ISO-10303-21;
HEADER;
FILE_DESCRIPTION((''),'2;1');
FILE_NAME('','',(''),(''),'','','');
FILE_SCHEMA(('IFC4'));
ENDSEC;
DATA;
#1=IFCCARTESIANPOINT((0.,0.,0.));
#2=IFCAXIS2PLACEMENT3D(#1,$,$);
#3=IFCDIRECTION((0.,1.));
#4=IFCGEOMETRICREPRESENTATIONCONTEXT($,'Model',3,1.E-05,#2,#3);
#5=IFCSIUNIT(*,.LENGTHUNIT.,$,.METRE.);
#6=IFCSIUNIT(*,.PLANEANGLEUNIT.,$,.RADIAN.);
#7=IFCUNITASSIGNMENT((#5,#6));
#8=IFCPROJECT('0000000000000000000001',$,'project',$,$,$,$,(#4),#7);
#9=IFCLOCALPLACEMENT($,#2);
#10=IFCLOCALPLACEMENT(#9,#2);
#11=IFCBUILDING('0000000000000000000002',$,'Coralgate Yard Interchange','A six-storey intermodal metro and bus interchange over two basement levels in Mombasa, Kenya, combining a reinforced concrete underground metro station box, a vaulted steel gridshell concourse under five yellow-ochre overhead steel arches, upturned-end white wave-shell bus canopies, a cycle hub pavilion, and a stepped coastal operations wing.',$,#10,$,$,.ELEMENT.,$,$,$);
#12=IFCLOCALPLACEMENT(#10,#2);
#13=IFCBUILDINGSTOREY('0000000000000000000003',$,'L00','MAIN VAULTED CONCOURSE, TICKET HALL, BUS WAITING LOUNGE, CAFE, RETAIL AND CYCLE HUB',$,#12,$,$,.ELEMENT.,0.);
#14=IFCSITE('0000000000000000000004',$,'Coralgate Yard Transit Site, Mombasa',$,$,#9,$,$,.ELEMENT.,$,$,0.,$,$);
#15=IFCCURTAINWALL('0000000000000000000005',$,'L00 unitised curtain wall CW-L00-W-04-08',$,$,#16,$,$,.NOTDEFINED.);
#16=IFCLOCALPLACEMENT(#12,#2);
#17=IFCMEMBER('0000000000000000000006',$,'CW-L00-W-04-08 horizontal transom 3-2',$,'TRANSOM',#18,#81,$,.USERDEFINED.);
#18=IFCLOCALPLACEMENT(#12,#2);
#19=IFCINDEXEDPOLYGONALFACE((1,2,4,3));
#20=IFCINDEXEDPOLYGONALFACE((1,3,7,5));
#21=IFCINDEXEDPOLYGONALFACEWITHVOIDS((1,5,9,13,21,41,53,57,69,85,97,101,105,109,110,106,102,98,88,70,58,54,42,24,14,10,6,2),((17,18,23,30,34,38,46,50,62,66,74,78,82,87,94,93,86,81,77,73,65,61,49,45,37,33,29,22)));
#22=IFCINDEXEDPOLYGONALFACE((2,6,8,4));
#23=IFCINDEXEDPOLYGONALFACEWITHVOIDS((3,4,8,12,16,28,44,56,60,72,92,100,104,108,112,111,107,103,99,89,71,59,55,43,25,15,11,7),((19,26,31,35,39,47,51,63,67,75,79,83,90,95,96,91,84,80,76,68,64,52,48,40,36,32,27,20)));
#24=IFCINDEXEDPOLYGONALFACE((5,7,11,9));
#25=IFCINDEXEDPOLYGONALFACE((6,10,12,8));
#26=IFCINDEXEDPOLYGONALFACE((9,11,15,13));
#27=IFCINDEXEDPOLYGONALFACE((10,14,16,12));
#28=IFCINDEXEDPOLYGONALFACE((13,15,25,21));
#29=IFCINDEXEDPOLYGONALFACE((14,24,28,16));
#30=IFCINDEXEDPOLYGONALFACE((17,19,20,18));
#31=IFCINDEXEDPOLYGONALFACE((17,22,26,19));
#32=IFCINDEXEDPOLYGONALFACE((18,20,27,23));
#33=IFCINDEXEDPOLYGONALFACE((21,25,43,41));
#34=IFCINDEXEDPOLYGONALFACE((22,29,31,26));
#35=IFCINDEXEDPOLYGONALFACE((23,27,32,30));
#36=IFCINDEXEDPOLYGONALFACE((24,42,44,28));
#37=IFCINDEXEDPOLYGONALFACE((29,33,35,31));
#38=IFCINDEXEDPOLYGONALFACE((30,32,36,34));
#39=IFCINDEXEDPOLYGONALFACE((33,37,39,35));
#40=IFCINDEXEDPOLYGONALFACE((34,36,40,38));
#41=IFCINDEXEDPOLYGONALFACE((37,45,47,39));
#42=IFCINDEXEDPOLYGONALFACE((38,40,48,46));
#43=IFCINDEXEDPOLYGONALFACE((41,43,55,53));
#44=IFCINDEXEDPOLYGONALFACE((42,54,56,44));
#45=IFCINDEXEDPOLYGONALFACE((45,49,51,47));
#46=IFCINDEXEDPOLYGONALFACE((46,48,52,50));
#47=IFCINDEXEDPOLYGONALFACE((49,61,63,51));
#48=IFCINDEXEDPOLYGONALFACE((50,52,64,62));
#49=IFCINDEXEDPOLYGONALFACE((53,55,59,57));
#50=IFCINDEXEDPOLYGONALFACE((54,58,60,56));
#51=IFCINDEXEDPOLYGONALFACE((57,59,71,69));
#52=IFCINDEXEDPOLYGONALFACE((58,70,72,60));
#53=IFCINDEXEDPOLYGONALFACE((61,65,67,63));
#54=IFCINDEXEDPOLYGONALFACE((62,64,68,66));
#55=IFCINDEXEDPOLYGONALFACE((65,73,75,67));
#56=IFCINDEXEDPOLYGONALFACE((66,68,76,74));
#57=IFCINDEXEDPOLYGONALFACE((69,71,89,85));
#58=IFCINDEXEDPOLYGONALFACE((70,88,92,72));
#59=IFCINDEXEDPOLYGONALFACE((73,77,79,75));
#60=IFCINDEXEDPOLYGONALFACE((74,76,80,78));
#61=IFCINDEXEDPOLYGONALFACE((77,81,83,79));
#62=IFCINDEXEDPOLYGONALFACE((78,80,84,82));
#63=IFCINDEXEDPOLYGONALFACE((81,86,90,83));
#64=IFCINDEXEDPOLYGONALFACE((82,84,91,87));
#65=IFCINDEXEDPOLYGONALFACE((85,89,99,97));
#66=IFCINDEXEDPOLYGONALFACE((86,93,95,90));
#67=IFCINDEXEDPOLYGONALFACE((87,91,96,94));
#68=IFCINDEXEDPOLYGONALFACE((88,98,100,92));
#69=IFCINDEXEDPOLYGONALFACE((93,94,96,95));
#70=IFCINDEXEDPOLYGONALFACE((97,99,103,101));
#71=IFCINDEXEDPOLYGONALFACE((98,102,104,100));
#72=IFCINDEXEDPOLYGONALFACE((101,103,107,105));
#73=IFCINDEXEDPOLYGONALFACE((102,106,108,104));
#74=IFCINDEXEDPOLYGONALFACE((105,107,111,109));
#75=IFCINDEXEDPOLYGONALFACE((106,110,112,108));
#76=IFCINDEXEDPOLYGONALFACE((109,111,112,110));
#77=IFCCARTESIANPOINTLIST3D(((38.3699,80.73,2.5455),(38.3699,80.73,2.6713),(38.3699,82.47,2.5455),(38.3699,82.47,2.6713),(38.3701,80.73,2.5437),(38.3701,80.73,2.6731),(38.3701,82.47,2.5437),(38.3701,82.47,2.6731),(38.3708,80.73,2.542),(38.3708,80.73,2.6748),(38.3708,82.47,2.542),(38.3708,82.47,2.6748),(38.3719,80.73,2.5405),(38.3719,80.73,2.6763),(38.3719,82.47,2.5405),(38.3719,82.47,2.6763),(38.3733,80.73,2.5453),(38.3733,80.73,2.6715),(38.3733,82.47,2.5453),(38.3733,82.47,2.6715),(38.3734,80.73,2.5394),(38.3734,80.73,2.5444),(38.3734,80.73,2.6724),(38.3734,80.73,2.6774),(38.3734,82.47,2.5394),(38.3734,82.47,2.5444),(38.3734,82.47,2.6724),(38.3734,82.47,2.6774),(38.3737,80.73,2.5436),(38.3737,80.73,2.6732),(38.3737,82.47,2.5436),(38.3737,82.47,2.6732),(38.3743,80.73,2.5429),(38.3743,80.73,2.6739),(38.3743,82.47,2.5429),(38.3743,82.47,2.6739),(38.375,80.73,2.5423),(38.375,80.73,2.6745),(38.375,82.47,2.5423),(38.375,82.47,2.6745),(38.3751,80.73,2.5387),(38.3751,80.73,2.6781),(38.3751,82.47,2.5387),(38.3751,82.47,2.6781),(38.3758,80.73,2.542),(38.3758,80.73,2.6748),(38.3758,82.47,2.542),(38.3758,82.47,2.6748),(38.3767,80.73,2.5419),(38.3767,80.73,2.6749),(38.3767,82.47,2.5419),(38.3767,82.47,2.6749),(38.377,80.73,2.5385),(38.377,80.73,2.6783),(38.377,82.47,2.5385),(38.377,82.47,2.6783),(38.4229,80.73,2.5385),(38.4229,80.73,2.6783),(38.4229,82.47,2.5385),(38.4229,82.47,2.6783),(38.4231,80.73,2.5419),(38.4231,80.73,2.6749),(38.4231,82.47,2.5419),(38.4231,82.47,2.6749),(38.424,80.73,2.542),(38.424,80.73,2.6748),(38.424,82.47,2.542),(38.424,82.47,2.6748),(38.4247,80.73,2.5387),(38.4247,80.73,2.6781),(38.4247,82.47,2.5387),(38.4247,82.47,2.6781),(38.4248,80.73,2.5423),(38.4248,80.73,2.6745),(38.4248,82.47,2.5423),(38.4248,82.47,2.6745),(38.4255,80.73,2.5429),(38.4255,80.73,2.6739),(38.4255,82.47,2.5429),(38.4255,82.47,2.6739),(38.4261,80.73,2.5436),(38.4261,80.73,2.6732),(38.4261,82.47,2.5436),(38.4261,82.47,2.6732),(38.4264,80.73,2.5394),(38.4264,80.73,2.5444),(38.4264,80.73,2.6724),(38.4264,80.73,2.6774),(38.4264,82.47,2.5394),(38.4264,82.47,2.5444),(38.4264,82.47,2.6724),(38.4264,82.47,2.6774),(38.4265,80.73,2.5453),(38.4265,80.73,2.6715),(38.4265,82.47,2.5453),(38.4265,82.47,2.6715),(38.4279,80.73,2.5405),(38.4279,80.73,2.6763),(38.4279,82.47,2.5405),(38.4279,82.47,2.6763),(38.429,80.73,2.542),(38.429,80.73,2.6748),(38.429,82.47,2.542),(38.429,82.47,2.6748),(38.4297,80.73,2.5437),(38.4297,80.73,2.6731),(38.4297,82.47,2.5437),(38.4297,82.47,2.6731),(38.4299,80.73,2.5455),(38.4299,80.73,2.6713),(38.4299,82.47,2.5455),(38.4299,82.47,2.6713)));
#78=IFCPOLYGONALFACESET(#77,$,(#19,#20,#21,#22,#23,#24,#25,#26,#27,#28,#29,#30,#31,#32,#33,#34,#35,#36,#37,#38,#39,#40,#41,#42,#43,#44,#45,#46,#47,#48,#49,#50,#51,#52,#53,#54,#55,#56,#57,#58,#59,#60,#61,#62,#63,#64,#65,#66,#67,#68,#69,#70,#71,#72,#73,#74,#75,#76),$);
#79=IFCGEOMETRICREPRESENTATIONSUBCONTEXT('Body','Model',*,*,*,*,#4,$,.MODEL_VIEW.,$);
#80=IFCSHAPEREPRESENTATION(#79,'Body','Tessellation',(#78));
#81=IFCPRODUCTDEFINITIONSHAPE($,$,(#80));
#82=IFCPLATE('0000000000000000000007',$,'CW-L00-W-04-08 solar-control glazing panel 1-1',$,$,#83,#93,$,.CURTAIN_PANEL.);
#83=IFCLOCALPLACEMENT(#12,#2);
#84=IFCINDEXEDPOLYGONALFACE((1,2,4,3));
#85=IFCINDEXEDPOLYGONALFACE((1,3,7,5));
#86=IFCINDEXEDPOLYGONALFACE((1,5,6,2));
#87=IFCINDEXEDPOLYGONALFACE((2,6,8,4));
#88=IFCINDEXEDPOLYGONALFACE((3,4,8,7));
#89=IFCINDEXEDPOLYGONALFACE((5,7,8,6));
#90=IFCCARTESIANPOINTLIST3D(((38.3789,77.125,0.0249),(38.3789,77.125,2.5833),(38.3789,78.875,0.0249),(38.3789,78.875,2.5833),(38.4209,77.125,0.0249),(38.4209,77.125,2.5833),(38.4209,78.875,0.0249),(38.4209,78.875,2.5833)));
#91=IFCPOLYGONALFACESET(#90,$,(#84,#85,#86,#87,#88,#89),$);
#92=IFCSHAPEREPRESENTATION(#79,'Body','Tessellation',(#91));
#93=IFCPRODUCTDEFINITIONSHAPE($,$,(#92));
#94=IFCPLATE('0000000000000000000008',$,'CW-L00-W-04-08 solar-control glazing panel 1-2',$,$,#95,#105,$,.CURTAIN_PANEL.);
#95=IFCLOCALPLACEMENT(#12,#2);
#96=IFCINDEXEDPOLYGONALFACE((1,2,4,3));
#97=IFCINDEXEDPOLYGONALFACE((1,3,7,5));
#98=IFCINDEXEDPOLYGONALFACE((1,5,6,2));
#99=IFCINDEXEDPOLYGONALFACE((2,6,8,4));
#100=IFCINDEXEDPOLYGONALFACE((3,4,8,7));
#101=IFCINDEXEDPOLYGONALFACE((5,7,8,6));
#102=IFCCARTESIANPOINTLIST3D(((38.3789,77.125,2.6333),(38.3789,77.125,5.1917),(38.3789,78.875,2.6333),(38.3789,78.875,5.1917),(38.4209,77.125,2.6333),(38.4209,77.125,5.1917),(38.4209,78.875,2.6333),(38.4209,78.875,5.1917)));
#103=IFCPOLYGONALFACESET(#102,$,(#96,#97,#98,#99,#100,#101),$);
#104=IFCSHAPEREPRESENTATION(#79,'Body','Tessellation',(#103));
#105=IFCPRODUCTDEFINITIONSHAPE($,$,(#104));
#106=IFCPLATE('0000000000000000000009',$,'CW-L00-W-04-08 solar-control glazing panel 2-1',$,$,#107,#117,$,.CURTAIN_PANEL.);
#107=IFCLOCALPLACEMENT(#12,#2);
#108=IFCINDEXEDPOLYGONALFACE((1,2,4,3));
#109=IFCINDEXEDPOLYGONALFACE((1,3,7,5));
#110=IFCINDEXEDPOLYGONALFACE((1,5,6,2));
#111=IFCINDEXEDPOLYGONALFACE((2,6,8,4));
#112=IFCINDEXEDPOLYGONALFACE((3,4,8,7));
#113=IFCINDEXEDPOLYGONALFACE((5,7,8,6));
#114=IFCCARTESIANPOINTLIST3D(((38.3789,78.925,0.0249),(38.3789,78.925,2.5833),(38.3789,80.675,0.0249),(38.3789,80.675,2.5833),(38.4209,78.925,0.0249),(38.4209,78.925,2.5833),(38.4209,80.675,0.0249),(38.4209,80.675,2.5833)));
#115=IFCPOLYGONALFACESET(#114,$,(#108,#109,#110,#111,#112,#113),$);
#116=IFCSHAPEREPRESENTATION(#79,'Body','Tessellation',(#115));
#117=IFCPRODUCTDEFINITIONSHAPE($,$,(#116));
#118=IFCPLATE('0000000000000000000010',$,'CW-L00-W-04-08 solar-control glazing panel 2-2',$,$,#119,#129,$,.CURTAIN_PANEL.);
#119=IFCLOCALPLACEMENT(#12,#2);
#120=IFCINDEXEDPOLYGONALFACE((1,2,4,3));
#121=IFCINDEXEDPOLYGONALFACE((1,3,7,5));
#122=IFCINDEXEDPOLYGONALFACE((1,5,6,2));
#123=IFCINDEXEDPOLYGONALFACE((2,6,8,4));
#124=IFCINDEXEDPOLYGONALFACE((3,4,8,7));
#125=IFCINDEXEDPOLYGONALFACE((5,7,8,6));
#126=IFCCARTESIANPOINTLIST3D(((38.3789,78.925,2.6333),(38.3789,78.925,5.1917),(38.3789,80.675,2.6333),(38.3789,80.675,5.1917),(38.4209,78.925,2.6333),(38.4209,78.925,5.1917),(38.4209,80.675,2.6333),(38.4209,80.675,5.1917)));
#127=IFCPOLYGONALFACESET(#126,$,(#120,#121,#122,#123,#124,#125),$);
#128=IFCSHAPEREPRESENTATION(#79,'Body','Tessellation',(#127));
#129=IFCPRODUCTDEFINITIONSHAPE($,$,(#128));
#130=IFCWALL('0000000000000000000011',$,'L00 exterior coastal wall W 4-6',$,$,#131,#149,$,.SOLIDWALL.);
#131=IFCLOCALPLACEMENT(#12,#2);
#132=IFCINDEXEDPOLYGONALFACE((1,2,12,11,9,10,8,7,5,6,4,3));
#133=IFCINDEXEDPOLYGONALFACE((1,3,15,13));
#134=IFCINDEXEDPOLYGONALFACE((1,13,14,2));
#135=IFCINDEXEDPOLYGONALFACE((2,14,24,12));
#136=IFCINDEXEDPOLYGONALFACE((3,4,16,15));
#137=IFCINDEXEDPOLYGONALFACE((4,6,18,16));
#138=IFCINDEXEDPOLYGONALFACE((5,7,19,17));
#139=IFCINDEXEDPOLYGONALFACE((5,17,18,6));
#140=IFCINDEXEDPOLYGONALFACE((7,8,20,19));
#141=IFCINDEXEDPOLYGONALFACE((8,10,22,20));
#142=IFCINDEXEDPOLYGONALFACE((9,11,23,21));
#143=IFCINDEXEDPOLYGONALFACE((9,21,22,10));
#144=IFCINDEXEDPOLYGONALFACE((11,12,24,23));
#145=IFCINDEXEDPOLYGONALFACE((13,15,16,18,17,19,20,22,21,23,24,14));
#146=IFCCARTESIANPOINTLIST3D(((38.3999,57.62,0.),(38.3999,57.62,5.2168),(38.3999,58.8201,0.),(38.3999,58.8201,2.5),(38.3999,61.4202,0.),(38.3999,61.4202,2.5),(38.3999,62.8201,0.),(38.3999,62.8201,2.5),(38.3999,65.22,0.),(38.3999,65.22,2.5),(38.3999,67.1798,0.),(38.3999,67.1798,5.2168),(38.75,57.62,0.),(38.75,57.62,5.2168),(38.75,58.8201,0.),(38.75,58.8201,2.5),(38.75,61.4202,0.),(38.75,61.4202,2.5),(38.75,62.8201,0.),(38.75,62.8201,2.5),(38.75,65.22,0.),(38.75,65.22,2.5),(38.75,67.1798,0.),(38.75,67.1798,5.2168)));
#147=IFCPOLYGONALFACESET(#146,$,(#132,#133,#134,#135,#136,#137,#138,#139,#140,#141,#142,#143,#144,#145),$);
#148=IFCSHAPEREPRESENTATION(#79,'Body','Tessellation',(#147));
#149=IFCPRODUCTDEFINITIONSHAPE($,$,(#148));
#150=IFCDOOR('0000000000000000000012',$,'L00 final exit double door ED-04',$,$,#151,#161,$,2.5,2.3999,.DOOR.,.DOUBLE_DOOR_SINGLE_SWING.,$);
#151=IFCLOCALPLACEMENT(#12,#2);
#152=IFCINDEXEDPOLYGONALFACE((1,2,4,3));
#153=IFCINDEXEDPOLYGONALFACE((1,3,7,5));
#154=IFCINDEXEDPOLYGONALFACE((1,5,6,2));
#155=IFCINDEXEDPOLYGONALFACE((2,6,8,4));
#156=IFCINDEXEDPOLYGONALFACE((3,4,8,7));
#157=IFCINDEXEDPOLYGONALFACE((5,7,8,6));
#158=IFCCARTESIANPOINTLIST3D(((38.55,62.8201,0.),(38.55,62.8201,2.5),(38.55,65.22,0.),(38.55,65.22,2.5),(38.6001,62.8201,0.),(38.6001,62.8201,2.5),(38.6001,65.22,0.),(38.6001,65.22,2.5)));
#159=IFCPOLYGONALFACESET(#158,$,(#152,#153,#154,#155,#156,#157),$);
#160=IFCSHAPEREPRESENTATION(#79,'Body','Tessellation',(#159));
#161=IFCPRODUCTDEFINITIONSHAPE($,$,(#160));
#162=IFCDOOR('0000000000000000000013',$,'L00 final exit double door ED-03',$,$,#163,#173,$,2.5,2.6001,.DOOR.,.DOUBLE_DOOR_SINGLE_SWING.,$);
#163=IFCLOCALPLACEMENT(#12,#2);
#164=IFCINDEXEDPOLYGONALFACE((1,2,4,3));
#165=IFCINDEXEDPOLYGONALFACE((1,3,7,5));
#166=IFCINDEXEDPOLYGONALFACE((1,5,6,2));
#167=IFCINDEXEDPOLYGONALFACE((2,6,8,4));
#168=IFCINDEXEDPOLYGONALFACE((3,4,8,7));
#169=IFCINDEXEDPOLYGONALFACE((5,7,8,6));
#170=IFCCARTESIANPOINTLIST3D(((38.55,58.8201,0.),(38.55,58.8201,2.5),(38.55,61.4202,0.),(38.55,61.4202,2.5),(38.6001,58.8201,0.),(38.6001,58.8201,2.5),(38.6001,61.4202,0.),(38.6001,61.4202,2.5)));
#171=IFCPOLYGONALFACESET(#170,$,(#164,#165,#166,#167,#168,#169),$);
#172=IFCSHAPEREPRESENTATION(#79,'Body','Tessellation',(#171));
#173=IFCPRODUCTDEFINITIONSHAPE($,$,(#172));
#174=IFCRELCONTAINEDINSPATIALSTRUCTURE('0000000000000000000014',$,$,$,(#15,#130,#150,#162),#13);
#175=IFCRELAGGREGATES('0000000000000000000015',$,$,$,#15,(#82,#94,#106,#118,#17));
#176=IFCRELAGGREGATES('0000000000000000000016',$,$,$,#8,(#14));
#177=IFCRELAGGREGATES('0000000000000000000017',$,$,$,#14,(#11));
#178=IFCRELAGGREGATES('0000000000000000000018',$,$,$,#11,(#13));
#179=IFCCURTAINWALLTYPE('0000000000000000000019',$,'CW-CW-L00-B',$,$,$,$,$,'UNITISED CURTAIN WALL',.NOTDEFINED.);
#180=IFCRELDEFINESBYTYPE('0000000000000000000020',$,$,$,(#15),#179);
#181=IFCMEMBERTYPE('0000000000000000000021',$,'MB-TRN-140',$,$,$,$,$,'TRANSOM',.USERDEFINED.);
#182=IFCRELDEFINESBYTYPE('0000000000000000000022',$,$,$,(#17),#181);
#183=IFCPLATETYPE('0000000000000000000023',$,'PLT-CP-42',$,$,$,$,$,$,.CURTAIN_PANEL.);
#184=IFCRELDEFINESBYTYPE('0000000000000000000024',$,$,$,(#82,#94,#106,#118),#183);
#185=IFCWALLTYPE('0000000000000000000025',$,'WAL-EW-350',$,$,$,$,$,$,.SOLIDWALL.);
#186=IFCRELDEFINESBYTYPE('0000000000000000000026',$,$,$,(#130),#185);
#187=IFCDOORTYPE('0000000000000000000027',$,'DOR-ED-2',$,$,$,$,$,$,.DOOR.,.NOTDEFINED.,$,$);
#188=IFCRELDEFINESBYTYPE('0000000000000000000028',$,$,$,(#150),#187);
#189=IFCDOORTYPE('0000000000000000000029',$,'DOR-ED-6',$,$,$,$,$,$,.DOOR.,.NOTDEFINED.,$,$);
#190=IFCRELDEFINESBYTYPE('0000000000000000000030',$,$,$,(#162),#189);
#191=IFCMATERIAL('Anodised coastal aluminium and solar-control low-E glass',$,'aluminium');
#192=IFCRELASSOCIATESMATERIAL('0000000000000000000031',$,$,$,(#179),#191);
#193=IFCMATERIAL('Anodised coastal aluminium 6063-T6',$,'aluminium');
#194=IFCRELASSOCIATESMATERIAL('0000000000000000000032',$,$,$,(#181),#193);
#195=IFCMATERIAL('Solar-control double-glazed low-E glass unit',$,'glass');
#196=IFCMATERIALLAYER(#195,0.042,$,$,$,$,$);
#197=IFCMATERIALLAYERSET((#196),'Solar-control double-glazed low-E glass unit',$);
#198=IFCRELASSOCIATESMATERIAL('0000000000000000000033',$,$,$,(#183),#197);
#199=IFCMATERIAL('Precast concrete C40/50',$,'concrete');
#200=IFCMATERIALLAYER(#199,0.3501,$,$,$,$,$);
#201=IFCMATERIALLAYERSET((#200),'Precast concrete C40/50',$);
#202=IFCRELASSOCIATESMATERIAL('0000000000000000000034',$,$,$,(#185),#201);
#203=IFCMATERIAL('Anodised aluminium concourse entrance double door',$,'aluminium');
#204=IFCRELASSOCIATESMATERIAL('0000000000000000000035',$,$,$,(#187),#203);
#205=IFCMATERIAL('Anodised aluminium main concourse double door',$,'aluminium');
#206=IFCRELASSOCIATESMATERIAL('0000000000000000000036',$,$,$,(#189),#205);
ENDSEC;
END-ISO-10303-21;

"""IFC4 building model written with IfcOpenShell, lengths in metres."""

from ifc_helpers import new_model, si_unit, direction, frame, frame_2d, origin, origin_2d, place, context, subcontext, project, spatial, rectangle, hollow_rectangle, extrude, material, layer, layer_set, material_profile, profile_set, type_object, element, fill, aggregate, save


model = new_model("IFC4")

# Units and contexts
model_context = context("Model", 3, precision=1e-05, world=origin(), true_north=direction((0.0, 1.0)))
body_context = subcontext(model_context, "Body", "Model", "MODEL_VIEW")
ifc_project = project(units=[si_unit("LENGTHUNIT", "METRE"), si_unit("PLANEANGLEUNIT", "RADIAN")], contexts=[model_context])

# Site, building, storey
site_placement = place(None, origin())
site = spatial("IfcSite", under=ifc_project, at=site_placement, Name="Coralgate Yard Transit Site, Mombasa", CompositionType="ELEMENT", RefElevation=0.0)
building_placement = place(site_placement, origin())
building = spatial("IfcBuilding", under=site, at=building_placement, Name="Coralgate Yard Interchange", Description="A six-storey intermodal metro and bus interchange over two basement levels in Mombasa, Kenya, combining a reinforced concrete underground metro station box, a vaulted steel gridshell concourse under five yellow-ochre overhead steel arches, upturned-end white wave-shell bus canopies, a cycle hub pavilion, and a stepped coastal operations wing.", CompositionType="ELEMENT")
storey_placement = place(building_placement, origin())
storey = spatial("IfcBuildingStorey", under=building, at=storey_placement, Name="L00", Description="MAIN VAULTED CONCOURSE, TICKET HALL, BUS WAITING LOUNGE, CAFE, RETAIL AND CYCLE HUB", CompositionType="ELEMENT", Elevation=0.0)

# Curtain wall, member, plates
ifc_material_1 = material(Name="Anodised coastal aluminium and solar-control low-E glass", Category="aluminium")
curtain_wall_type = type_object("IfcCurtainWallType", Name="CW-CW-L00-B", ElementType="UNITISED CURTAIN WALL", PredefinedType="NOTDEFINED", material=ifc_material_1)
curtain_wall_placement = place(storey_placement, origin())
curtain_wall = element("IfcCurtainWall", 1, at=curtain_wall_placement, inside=storey, type_object=curtain_wall_type, Name="L00 unitised curtain wall CW-L00-W-04-08", PredefinedType="NOTDEFINED")
ifc_material_2 = material(Name="Anodised coastal aluminium 6063-T6", Category="aluminium")
ifc_material_profile_1 = material_profile(ifc_material_2, hollow_rectangle(XDim=0.0601, YDim=0.1399, WallThickness=0.0034, InnerFilletRadius=0.0034, OuterFilletRadius=0.0071, at=origin_2d()), Name="ALU 60x140x3.5")
ifc_profile_set_1 = profile_set([ifc_material_profile_1], Name="Anodised coastal aluminium 6063-T6")
member_type_1 = type_object("IfcMemberType", Name="MB-TRN-140", ElementType="TRANSOM", PredefinedType="USERDEFINED", material=ifc_profile_set_1)
member_1_placement = place(storey_placement, frame((38.3999, 80.73, 2.6084), z_axis=(0.0, 1.0, 0.0), x_axis=(-1.0, 0.0, 0.0)))
member_1 = element("IfcMember", 2, at=member_1_placement, type_object=member_type_1, Name="CW-L00-W-04-08 horizontal transom 3-2", ObjectType="TRANSOM", PredefinedType="USERDEFINED", context=body_context, shape_type="SweptSolid", body=[
    extrude(hollow_rectangle(XDim=0.0601, YDim=0.1399, WallThickness=0.0034, InnerFilletRadius=0.0034, OuterFilletRadius=0.0071, at=origin_2d()), origin(), (0.0, 0.0, 1.0), 1.74),
])
ifc_material_3 = material(Name="Solar-control double-glazed low-E glass unit", Category="glass")
ifc_layer_1 = layer(ifc_material_3, 0.042)
ifc_layer_set_1 = layer_set([ifc_layer_1], Name="Solar-control double-glazed low-E glass unit")
plate_type = type_object("IfcPlateType", Name="PLT-CP-42", PredefinedType="CURTAIN_PANEL", material=ifc_layer_set_1)
plate_1_placement = place(storey_placement, frame((38.3999, 78.0, 0.0249), z_axis=(0.0, 0.0, 1.0), x_axis=(0.0, 1.0, 0.0)))
plate_1 = element("IfcPlate", 3, at=plate_1_placement, type_object=plate_type, Name="CW-L00-W-04-08 solar-control glazing panel 1-1", PredefinedType="CURTAIN_PANEL", context=body_context, shape_type="SweptSolid", body=[
    extrude(rectangle(XDim=1.75, YDim=0.042, at=origin_2d()), origin(), (0.0, 0.0, 1.0), 2.5583),
])
plate_2_placement = place(storey_placement, frame((38.3999, 78.0, 2.6333), z_axis=(0.0, 0.0, 1.0), x_axis=(0.0, 1.0, 0.0)))
plate_2 = element("IfcPlate", 4, at=plate_2_placement, type_object=plate_type, Name="CW-L00-W-04-08 solar-control glazing panel 1-2", PredefinedType="CURTAIN_PANEL", context=body_context, shape_type="SweptSolid", body=[
    extrude(rectangle(XDim=1.75, YDim=0.042, at=origin_2d()), origin(), (0.0, 0.0, 1.0), 2.5583),
])
plate_3_placement = place(storey_placement, frame((38.3999, 79.8, 0.0249), z_axis=(0.0, 0.0, 1.0), x_axis=(0.0, 1.0, 0.0)))
plate_3 = element("IfcPlate", 5, at=plate_3_placement, type_object=plate_type, Name="CW-L00-W-04-08 solar-control glazing panel 2-1", PredefinedType="CURTAIN_PANEL", context=body_context, shape_type="SweptSolid", body=[
    extrude(rectangle(XDim=1.75, YDim=0.042, at=origin_2d()), origin(), (0.0, 0.0, 1.0), 2.5583),
])
plate_4_placement = place(storey_placement, frame((38.3999, 79.8, 2.6333), z_axis=(0.0, 0.0, 1.0), x_axis=(0.0, 1.0, 0.0)))
plate_4 = element("IfcPlate", 6, at=plate_4_placement, type_object=plate_type, Name="CW-L00-W-04-08 solar-control glazing panel 2-2", PredefinedType="CURTAIN_PANEL", context=body_context, shape_type="SweptSolid", body=[
    extrude(rectangle(XDim=1.75, YDim=0.042, at=origin_2d()), origin(), (0.0, 0.0, 1.0), 2.5583),
])
aggregate(curtain_wall, [plate_1, plate_2, plate_3, plate_4, member_1])

# Wall, openings, doors
ifc_material_4 = material(Name="Precast concrete C40/50", Category="concrete")
ifc_layer_2 = layer(ifc_material_4, 0.3501)
ifc_layer_set_2 = layer_set([ifc_layer_2], Name="Precast concrete C40/50")
wall_type = type_object("IfcWallType", Name="WAL-EW-350", PredefinedType="SOLIDWALL", material=ifc_layer_set_2)
wall_1_placement = place(storey_placement, frame((38.575, 57.6201, 0.0), z_axis=(0.0, 0.0, 1.0), x_axis=(0.0, 1.0, 0.0)))
wall_1 = element("IfcWall", 7, at=wall_1_placement, inside=storey, type_object=wall_type, Name="L00 exterior coastal wall W 4-6", PredefinedType="SOLIDWALL", context=body_context, shape_type="SweptSolid", body=[
    extrude(rectangle(XDim=9.5598, YDim=0.3501, at=frame_2d((4.7798, 0.0))), origin(), (0.0, 0.0, 1.0), 5.2168),
])
opening_1_placement = place(wall_1_placement, frame((1.2, 0.0, 0.0)))
opening_1 = element("IfcOpeningElement", 8, at=opening_1_placement, cuts=wall_1, PredefinedType="OPENING", context=body_context, shape_type="SweptSolid", body=[
    extrude(rectangle(XDim=2.6001, YDim=2.5, at=frame_2d((1.3, 1.25))), frame((0.0, 0.1851, 0.0), z_axis=(0.0, -1.0, 0.0), x_axis=(1.0, 0.0, 0.0)), (0.0, 0.0, 1.0), 0.3701),
])
opening_2_placement = place(wall_1_placement, frame((5.2, 0.0, 0.0)))
opening_2 = element("IfcOpeningElement", 9, at=opening_2_placement, cuts=wall_1, PredefinedType="OPENING", context=body_context, shape_type="SweptSolid", body=[
    extrude(rectangle(XDim=2.3999, YDim=2.5, at=frame_2d((1.2, 1.25))), frame((0.0, 0.1851, 0.0), z_axis=(0.0, -1.0, 0.0), x_axis=(1.0, 0.0, 0.0)), (0.0, 0.0, 1.0), 0.3701),
])
ifc_material_5 = material(Name="Anodised aluminium concourse entrance double door", Category="aluminium")
door_type_1 = type_object("IfcDoorType", Name="DOR-ED-2", OperationType="NOTDEFINED", PredefinedType="DOOR", material=ifc_material_5)
door_1_placement = place(opening_2_placement, origin())
door_1 = element("IfcDoor", 10, at=door_1_placement, inside=storey, type_object=door_type_1, Name="L00 final exit double door ED-04", OperationType="DOUBLE_DOOR_SINGLE_SWING", OverallHeight=2.5, OverallWidth=2.3999, PredefinedType="DOOR", context=body_context, shape_type="SweptSolid", body=[
    extrude(rectangle(XDim=2.3999, YDim=2.5, at=frame_2d((1.2, 1.25))), frame((0.0, 0.0249, 0.0), z_axis=(0.0, -1.0, 0.0), x_axis=(1.0, 0.0, 0.0)), (0.0, 0.0, 1.0), 0.05),
])
fill(opening_2, door_1)
ifc_material_6 = material(Name="Anodised aluminium main concourse double door", Category="aluminium")
door_type_2 = type_object("IfcDoorType", Name="DOR-ED-6", OperationType="NOTDEFINED", PredefinedType="DOOR", material=ifc_material_6)
door_2_placement = place(opening_1_placement, origin())
door_2 = element("IfcDoor", 11, at=door_2_placement, inside=storey, type_object=door_type_2, Name="L00 final exit double door ED-03", OperationType="DOUBLE_DOOR_SINGLE_SWING", OverallHeight=2.5, OverallWidth=2.6001, PredefinedType="DOOR", context=body_context, shape_type="SweptSolid", body=[
    extrude(rectangle(XDim=2.6001, YDim=2.5, at=frame_2d((1.3, 1.25))), frame((0.0, 0.0249, 0.0), z_axis=(0.0, -1.0, 0.0), x_axis=(1.0, 0.0, 0.0)), (0.0, 0.0, 1.0), 0.05),
])
fill(opening_1, door_2)

save(model, "model.ifc")
